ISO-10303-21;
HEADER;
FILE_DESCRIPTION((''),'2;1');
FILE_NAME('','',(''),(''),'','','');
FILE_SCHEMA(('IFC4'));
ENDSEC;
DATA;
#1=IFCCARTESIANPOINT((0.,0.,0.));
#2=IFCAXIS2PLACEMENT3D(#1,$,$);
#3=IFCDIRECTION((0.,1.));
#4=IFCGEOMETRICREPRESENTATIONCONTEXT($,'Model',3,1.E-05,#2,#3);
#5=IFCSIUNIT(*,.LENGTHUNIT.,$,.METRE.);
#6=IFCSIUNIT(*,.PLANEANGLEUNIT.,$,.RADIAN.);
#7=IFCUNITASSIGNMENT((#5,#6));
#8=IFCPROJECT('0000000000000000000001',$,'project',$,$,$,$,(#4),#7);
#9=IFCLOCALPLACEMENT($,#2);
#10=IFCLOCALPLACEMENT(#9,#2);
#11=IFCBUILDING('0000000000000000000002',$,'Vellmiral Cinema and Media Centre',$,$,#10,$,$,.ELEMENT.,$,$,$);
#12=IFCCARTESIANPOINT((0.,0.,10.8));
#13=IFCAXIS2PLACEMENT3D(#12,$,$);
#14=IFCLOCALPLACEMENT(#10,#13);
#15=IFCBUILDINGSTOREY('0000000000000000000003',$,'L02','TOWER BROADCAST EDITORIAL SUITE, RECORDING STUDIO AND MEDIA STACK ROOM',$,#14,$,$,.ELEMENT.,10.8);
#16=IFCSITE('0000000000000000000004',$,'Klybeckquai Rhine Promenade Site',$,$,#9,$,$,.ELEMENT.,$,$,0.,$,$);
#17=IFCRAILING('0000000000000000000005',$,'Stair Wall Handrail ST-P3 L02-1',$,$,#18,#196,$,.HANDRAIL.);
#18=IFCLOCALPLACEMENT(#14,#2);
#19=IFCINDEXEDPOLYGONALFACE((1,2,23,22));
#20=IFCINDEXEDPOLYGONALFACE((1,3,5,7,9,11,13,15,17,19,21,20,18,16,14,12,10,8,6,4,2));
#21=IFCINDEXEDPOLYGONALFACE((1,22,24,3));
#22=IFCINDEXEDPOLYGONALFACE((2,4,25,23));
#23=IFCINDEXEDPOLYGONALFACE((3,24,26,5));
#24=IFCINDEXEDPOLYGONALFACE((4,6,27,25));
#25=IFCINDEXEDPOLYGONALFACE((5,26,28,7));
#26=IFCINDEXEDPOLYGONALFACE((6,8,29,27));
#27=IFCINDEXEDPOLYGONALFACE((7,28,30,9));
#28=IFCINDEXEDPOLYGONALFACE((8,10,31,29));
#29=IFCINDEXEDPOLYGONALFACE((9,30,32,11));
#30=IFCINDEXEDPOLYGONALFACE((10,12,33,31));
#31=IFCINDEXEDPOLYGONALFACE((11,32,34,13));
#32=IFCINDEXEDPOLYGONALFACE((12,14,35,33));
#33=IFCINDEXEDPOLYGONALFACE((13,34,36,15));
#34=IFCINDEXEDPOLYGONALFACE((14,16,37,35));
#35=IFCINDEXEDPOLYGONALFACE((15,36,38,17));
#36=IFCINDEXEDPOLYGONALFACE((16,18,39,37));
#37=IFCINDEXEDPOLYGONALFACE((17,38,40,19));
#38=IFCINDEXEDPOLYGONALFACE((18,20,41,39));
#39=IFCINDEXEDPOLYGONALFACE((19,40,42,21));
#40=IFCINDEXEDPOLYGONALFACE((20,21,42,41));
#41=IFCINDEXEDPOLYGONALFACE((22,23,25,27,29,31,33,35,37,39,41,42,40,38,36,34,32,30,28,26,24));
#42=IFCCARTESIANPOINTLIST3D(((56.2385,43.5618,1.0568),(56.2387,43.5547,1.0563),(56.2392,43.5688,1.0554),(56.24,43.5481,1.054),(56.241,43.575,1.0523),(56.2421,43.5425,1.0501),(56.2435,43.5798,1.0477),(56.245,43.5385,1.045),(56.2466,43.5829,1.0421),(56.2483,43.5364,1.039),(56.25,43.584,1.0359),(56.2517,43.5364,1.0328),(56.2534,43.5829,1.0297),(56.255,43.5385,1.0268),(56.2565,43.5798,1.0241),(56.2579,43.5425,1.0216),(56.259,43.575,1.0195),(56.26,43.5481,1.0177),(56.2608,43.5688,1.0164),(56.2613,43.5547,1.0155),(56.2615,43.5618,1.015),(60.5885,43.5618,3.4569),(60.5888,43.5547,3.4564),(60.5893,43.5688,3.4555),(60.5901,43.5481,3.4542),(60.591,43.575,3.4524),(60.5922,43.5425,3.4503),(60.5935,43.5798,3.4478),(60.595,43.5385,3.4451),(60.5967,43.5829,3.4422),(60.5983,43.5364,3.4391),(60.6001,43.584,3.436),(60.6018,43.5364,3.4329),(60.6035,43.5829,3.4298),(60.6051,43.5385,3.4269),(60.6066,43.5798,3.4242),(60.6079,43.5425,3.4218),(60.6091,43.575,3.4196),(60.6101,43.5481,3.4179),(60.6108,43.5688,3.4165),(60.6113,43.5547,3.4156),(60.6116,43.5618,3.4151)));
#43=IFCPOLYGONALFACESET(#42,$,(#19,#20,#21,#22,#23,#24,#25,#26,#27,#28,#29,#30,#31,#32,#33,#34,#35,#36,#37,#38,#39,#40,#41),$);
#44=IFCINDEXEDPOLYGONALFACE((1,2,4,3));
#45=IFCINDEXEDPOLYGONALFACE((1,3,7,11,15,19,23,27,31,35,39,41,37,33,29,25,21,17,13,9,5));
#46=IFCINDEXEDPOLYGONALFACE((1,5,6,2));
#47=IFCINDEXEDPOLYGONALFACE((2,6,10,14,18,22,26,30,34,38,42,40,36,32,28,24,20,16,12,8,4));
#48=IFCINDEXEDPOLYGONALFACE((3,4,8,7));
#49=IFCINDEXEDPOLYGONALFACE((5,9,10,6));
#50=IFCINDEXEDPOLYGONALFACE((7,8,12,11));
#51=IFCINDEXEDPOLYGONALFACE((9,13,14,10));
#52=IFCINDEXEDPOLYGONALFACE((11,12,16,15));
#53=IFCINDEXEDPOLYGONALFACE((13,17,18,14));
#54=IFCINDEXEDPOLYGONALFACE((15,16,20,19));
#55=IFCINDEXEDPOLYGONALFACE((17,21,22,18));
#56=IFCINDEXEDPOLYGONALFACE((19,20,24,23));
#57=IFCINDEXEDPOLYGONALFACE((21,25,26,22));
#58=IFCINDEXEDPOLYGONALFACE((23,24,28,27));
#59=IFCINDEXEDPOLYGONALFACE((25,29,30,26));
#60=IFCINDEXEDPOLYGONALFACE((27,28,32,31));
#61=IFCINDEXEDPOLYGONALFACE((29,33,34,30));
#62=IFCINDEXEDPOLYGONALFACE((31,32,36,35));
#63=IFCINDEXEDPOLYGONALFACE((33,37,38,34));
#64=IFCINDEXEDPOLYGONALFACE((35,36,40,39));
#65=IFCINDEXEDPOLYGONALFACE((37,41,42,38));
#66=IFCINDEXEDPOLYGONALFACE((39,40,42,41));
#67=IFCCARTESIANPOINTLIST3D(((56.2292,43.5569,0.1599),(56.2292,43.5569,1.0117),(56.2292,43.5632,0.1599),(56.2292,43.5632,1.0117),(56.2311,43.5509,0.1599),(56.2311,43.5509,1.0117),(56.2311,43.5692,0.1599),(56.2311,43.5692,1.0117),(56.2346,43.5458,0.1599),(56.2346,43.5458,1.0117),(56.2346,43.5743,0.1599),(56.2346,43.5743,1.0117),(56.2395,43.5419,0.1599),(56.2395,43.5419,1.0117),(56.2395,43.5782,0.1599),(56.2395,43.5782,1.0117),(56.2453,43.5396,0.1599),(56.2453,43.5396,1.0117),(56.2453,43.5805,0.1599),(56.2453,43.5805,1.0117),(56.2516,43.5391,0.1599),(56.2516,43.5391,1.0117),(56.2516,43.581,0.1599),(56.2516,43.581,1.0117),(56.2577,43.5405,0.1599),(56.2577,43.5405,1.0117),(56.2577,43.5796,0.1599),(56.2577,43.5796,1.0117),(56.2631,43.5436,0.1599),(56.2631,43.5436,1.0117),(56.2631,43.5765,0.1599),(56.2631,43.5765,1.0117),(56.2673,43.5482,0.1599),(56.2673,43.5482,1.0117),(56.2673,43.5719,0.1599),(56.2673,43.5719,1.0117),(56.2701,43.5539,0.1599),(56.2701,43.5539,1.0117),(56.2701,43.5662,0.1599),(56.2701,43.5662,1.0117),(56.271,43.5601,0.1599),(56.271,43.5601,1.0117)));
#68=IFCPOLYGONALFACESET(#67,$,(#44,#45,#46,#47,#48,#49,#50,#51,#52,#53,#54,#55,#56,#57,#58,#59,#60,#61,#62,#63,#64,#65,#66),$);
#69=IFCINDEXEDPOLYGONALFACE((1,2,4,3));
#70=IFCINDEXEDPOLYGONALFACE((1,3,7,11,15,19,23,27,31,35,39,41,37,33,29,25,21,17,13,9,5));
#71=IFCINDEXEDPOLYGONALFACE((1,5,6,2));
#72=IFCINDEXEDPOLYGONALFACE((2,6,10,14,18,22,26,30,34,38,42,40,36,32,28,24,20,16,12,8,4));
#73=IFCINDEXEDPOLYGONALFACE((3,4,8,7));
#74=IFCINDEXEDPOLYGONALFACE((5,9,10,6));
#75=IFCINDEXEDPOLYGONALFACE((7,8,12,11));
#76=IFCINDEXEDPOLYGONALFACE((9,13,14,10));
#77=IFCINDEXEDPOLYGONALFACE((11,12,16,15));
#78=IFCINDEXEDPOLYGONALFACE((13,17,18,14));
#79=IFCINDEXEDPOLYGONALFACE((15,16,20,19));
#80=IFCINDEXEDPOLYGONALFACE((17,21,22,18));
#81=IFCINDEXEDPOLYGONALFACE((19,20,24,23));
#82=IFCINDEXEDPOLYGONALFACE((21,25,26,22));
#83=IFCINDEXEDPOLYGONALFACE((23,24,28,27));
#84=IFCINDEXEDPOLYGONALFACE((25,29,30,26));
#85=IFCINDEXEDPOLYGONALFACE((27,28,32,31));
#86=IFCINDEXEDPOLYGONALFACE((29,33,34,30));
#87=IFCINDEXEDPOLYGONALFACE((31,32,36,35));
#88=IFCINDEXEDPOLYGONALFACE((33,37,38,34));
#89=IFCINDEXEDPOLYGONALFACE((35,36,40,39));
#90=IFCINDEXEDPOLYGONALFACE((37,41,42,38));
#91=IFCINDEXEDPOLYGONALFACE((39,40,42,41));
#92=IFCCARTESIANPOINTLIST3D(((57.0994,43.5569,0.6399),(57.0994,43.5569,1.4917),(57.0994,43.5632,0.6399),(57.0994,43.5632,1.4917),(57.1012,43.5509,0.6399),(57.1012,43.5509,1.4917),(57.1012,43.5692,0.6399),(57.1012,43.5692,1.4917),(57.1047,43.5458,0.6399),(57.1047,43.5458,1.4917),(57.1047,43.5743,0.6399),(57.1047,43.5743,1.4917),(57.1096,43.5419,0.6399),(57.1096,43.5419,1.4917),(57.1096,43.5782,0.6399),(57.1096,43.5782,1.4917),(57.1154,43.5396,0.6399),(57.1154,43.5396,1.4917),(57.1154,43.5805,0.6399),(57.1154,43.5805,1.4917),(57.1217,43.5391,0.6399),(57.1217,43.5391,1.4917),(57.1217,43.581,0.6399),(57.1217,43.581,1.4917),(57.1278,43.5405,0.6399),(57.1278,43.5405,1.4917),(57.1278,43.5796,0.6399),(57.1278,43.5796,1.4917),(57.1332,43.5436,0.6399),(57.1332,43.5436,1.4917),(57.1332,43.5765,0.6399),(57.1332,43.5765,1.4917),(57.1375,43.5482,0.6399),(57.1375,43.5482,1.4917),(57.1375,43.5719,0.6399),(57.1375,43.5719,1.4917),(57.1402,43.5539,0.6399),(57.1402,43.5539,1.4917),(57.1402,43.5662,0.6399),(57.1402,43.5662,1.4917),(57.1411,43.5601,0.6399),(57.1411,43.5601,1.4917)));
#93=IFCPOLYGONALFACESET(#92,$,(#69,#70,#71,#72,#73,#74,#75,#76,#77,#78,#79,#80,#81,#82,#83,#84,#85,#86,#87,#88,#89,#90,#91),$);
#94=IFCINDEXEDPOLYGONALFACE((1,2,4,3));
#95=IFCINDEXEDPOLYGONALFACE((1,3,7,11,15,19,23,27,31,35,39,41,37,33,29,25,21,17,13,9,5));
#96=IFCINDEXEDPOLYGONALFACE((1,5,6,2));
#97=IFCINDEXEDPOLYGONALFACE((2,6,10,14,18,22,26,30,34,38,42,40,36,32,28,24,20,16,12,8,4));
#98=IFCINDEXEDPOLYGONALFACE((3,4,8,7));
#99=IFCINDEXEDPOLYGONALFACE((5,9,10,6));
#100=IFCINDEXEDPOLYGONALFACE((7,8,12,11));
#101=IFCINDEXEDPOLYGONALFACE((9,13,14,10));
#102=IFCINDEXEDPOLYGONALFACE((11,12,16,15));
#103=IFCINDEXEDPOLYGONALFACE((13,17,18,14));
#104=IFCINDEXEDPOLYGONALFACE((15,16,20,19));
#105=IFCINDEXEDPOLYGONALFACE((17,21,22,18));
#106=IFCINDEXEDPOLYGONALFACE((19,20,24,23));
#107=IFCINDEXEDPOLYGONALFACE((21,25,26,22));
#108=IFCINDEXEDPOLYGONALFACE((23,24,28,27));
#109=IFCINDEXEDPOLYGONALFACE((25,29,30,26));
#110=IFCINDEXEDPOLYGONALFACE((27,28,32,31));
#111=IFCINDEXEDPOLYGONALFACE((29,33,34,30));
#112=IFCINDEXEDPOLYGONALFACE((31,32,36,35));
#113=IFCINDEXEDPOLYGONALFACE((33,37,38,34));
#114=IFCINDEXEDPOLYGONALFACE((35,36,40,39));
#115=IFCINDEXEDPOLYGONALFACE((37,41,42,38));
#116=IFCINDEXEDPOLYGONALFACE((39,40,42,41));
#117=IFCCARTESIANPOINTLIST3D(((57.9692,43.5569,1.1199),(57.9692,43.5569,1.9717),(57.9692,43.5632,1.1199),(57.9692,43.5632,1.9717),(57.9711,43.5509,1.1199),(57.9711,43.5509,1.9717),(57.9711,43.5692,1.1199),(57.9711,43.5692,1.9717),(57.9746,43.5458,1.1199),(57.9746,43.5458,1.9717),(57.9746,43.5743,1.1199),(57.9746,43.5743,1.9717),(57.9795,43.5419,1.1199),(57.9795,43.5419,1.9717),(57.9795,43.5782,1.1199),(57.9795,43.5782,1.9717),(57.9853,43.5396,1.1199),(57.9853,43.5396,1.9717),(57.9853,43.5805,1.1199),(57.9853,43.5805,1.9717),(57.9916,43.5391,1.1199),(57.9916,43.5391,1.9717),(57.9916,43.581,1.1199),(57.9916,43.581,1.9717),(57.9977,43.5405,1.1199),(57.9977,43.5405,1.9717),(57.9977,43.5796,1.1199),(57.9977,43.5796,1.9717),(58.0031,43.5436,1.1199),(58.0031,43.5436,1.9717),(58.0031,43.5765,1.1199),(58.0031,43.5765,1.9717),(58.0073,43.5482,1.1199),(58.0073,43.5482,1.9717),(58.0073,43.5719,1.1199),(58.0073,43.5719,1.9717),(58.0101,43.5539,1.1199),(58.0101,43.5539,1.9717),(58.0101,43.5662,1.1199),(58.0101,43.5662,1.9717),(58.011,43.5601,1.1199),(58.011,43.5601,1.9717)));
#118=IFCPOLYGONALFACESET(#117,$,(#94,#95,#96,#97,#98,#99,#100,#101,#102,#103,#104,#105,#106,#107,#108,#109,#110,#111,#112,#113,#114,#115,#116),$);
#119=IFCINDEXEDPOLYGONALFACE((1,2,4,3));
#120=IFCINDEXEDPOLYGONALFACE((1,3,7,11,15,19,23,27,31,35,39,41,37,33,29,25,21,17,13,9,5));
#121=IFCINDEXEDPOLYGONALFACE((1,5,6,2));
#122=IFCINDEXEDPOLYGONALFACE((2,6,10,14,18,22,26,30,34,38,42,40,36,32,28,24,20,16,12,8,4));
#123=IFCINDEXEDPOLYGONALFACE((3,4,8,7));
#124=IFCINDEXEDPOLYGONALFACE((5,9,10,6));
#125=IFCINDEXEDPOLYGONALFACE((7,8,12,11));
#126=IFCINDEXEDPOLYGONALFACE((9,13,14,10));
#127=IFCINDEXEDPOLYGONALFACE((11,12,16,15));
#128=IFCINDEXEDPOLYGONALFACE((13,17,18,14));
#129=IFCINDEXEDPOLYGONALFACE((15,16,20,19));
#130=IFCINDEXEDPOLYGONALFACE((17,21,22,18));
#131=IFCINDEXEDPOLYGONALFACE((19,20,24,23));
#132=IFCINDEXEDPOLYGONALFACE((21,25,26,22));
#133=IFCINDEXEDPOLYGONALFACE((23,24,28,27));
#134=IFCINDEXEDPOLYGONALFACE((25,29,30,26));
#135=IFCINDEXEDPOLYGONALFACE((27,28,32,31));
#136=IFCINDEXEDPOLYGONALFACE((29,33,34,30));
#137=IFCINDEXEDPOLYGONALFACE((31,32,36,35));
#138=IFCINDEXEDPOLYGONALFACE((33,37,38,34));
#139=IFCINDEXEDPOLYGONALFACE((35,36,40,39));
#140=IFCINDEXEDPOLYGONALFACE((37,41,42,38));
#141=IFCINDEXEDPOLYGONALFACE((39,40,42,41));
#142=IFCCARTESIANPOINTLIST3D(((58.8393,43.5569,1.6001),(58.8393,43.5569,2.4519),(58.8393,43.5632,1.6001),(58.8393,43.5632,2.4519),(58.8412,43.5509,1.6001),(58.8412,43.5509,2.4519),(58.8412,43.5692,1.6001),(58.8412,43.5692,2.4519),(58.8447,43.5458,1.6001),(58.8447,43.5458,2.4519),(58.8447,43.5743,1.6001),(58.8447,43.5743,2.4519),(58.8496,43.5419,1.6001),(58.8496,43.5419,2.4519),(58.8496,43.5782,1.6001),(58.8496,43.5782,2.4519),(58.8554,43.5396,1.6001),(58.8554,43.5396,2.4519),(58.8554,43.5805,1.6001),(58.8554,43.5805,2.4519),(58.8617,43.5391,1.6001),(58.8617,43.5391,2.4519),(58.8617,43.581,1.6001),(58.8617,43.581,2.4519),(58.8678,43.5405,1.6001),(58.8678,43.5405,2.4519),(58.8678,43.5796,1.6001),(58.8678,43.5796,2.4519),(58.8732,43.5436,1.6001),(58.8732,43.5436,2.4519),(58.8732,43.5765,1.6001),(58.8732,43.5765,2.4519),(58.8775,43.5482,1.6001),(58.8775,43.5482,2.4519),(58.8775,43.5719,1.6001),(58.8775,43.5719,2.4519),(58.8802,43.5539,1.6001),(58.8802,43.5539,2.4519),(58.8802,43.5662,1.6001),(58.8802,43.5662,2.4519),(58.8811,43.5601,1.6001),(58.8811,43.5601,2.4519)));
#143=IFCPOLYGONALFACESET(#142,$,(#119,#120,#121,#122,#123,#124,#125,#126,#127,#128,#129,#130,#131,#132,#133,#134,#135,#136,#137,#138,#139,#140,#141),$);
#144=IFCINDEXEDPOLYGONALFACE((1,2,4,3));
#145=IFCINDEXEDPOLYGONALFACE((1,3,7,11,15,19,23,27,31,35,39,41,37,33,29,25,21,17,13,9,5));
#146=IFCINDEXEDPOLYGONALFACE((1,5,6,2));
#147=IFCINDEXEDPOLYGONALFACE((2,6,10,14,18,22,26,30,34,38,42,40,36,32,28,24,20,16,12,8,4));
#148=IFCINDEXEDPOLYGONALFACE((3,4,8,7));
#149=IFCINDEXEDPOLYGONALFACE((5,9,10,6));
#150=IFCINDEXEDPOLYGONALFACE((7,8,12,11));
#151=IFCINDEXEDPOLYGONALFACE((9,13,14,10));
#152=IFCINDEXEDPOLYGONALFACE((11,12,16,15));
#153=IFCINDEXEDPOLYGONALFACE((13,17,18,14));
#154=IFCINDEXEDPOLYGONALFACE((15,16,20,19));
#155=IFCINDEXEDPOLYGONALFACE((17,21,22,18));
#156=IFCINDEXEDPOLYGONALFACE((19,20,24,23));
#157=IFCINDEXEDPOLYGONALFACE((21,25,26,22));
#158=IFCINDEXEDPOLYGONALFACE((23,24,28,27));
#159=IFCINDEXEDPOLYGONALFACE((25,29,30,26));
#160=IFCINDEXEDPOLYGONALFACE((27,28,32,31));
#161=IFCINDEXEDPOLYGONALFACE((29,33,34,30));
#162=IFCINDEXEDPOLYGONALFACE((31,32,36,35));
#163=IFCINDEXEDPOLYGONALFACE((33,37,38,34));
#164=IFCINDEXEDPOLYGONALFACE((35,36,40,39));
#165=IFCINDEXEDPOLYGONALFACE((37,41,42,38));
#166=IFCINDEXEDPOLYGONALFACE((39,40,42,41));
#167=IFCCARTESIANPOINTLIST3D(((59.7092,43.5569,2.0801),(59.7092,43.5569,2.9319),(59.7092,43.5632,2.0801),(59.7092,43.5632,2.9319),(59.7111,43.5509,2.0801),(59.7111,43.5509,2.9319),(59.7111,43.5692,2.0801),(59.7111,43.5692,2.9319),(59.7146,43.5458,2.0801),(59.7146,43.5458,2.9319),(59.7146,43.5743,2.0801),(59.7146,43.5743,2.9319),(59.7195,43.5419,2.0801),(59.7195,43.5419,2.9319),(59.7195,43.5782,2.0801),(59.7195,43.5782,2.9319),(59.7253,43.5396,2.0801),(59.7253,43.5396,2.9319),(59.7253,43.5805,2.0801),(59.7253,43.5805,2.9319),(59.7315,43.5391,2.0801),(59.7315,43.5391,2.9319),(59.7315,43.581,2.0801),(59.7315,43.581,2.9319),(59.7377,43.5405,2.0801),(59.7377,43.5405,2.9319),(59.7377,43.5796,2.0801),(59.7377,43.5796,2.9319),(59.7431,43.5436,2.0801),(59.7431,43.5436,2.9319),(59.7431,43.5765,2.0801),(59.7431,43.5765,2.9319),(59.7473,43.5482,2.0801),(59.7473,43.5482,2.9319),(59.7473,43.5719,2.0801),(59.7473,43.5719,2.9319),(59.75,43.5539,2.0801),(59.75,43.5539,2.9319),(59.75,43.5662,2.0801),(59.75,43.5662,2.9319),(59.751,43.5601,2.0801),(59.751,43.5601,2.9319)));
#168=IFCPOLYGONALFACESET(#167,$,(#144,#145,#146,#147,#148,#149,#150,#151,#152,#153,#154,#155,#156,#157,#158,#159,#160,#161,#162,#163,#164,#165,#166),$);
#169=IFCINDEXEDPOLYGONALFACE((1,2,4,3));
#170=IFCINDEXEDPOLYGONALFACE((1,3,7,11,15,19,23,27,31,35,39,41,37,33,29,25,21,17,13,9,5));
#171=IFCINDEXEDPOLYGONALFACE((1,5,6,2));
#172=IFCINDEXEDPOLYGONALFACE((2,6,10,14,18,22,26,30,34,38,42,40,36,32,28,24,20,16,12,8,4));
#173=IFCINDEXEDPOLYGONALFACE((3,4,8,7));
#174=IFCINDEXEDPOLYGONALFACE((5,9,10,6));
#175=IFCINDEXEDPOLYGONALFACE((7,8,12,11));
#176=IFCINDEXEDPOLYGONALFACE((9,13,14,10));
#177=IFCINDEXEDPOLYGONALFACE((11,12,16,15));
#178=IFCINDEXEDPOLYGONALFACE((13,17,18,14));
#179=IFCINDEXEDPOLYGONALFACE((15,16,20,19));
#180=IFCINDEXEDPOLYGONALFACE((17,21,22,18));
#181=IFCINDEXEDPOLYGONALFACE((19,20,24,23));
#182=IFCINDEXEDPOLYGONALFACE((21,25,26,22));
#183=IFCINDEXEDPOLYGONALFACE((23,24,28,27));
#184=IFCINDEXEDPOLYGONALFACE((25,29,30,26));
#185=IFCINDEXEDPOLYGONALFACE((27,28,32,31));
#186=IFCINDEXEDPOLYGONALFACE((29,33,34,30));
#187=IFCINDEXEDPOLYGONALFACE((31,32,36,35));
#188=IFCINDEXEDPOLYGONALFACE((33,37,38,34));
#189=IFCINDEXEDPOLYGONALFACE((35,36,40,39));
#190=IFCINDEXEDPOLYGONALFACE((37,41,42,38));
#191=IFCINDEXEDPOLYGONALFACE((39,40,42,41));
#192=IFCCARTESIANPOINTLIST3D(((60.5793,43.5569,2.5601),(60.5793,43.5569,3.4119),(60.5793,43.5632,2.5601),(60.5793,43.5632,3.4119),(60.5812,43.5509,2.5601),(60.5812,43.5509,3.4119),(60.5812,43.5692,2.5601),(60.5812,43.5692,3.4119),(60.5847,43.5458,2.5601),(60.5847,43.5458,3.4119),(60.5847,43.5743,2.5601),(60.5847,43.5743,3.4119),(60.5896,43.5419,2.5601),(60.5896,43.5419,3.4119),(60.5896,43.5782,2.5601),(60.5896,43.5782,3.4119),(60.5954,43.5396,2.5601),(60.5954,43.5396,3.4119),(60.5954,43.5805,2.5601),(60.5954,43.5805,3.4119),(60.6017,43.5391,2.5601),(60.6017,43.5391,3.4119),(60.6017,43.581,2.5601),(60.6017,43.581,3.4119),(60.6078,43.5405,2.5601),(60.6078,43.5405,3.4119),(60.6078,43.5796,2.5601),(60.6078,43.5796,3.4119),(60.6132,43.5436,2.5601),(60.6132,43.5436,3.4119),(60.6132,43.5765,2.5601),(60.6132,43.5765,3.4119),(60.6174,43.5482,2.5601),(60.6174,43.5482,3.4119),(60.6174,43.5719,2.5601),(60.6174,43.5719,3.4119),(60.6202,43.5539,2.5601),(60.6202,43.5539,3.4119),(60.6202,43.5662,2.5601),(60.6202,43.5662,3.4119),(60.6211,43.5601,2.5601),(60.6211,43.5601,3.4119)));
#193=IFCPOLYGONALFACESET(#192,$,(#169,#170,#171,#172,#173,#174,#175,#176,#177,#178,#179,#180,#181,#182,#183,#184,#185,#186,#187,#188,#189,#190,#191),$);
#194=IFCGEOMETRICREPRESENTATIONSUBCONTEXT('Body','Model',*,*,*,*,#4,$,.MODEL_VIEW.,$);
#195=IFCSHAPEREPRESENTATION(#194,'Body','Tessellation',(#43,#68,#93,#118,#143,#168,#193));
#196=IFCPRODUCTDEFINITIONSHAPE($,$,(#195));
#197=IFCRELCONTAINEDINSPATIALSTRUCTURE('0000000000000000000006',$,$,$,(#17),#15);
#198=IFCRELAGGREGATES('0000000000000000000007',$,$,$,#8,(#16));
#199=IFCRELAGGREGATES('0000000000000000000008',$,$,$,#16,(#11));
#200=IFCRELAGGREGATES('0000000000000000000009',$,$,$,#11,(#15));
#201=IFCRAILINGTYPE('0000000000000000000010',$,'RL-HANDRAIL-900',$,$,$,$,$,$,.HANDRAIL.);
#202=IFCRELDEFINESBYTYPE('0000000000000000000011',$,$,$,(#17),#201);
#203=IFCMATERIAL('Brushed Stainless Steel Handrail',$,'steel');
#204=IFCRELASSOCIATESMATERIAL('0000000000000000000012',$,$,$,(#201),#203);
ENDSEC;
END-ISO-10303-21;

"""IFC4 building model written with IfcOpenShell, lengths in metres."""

from ifc_helpers import new_model, si_unit, direction, frame, origin, origin_2d, place, context, subcontext, project, spatial, circle, extrude, material, type_object, element, save


model = new_model("IFC4")

# Units and contexts
model_context = context("Model", 3, precision=1e-05, world=origin(), true_north=direction((0.0, 1.0)))
body_context = subcontext(model_context, "Body", "Model", "MODEL_VIEW")
ifc_project = project(units=[si_unit("LENGTHUNIT", "METRE"), si_unit("PLANEANGLEUNIT", "RADIAN")], contexts=[model_context])

# Site, building, storey
site_placement = place(None, origin())
site = spatial("IfcSite", under=ifc_project, at=site_placement, Name="Klybeckquai Rhine Promenade Site", CompositionType="ELEMENT", RefElevation=0.0)
building_placement = place(site_placement, origin())
building = spatial("IfcBuilding", under=site, at=building_placement, Name="Vellmiral Cinema and Media Centre", CompositionType="ELEMENT")
storey_placement = place(building_placement, frame((0.0, 0.0, 10.8)))
storey = spatial("IfcBuildingStorey", under=building, at=storey_placement, Name="L02", Description="TOWER BROADCAST EDITORIAL SUITE, RECORDING STUDIO AND MEDIA STACK ROOM", CompositionType="ELEMENT", Elevation=10.8)

# Railing
ifc_material_1 = material(Name="Brushed Stainless Steel Handrail", Category="steel")
railing_type_1 = type_object("IfcRailingType", Name="RL-HANDRAIL-900", PredefinedType="HANDRAIL", material=ifc_material_1)
railing_1_placement = place(storey_placement, frame((56.25, 43.5601, 0.1599)))
element("IfcRailing", 1, at=railing_1_placement, inside=storey, type_object=railing_type_1, Name="Stair Wall Handrail ST-P3 L02-1", PredefinedType="HANDRAIL", context=body_context, shape_type="SweptSolid", body=[
    extrude(circle(Radius=0.0239, at=origin_2d()), frame((0.0, 0.0, 0.876), z_axis=(0.87557, 0.0, 0.483092), x_axis=(0.0, 1.0, 0.0)), (0.0, 0.0, 1.0), 4.9683),
    extrude(circle(Radius=0.021, at=origin_2d()), origin(), (0.0, 0.0, 1.0), 0.8518),
    extrude(circle(Radius=0.021, at=origin_2d()), frame((0.8701, 0.0, 0.48)), (0.0, 0.0, 1.0), 0.8518),
    extrude(circle(Radius=0.021, at=origin_2d()), frame((1.74, 0.0, 0.96)), (0.0, 0.0, 1.0), 0.8518),
    extrude(circle(Radius=0.021, at=origin_2d()), frame((2.6101, 0.0, 1.4402)), (0.0, 0.0, 1.0), 0.8518),
    extrude(circle(Radius=0.021, at=origin_2d()), frame((3.48, 0.0, 1.9202)), (0.0, 0.0, 1.0), 0.8518),
    extrude(circle(Radius=0.021, at=origin_2d()), frame((4.3501, 0.0, 2.4001)), (0.0, 0.0, 1.0), 0.8518),
])

save(model, "model.ifc")
